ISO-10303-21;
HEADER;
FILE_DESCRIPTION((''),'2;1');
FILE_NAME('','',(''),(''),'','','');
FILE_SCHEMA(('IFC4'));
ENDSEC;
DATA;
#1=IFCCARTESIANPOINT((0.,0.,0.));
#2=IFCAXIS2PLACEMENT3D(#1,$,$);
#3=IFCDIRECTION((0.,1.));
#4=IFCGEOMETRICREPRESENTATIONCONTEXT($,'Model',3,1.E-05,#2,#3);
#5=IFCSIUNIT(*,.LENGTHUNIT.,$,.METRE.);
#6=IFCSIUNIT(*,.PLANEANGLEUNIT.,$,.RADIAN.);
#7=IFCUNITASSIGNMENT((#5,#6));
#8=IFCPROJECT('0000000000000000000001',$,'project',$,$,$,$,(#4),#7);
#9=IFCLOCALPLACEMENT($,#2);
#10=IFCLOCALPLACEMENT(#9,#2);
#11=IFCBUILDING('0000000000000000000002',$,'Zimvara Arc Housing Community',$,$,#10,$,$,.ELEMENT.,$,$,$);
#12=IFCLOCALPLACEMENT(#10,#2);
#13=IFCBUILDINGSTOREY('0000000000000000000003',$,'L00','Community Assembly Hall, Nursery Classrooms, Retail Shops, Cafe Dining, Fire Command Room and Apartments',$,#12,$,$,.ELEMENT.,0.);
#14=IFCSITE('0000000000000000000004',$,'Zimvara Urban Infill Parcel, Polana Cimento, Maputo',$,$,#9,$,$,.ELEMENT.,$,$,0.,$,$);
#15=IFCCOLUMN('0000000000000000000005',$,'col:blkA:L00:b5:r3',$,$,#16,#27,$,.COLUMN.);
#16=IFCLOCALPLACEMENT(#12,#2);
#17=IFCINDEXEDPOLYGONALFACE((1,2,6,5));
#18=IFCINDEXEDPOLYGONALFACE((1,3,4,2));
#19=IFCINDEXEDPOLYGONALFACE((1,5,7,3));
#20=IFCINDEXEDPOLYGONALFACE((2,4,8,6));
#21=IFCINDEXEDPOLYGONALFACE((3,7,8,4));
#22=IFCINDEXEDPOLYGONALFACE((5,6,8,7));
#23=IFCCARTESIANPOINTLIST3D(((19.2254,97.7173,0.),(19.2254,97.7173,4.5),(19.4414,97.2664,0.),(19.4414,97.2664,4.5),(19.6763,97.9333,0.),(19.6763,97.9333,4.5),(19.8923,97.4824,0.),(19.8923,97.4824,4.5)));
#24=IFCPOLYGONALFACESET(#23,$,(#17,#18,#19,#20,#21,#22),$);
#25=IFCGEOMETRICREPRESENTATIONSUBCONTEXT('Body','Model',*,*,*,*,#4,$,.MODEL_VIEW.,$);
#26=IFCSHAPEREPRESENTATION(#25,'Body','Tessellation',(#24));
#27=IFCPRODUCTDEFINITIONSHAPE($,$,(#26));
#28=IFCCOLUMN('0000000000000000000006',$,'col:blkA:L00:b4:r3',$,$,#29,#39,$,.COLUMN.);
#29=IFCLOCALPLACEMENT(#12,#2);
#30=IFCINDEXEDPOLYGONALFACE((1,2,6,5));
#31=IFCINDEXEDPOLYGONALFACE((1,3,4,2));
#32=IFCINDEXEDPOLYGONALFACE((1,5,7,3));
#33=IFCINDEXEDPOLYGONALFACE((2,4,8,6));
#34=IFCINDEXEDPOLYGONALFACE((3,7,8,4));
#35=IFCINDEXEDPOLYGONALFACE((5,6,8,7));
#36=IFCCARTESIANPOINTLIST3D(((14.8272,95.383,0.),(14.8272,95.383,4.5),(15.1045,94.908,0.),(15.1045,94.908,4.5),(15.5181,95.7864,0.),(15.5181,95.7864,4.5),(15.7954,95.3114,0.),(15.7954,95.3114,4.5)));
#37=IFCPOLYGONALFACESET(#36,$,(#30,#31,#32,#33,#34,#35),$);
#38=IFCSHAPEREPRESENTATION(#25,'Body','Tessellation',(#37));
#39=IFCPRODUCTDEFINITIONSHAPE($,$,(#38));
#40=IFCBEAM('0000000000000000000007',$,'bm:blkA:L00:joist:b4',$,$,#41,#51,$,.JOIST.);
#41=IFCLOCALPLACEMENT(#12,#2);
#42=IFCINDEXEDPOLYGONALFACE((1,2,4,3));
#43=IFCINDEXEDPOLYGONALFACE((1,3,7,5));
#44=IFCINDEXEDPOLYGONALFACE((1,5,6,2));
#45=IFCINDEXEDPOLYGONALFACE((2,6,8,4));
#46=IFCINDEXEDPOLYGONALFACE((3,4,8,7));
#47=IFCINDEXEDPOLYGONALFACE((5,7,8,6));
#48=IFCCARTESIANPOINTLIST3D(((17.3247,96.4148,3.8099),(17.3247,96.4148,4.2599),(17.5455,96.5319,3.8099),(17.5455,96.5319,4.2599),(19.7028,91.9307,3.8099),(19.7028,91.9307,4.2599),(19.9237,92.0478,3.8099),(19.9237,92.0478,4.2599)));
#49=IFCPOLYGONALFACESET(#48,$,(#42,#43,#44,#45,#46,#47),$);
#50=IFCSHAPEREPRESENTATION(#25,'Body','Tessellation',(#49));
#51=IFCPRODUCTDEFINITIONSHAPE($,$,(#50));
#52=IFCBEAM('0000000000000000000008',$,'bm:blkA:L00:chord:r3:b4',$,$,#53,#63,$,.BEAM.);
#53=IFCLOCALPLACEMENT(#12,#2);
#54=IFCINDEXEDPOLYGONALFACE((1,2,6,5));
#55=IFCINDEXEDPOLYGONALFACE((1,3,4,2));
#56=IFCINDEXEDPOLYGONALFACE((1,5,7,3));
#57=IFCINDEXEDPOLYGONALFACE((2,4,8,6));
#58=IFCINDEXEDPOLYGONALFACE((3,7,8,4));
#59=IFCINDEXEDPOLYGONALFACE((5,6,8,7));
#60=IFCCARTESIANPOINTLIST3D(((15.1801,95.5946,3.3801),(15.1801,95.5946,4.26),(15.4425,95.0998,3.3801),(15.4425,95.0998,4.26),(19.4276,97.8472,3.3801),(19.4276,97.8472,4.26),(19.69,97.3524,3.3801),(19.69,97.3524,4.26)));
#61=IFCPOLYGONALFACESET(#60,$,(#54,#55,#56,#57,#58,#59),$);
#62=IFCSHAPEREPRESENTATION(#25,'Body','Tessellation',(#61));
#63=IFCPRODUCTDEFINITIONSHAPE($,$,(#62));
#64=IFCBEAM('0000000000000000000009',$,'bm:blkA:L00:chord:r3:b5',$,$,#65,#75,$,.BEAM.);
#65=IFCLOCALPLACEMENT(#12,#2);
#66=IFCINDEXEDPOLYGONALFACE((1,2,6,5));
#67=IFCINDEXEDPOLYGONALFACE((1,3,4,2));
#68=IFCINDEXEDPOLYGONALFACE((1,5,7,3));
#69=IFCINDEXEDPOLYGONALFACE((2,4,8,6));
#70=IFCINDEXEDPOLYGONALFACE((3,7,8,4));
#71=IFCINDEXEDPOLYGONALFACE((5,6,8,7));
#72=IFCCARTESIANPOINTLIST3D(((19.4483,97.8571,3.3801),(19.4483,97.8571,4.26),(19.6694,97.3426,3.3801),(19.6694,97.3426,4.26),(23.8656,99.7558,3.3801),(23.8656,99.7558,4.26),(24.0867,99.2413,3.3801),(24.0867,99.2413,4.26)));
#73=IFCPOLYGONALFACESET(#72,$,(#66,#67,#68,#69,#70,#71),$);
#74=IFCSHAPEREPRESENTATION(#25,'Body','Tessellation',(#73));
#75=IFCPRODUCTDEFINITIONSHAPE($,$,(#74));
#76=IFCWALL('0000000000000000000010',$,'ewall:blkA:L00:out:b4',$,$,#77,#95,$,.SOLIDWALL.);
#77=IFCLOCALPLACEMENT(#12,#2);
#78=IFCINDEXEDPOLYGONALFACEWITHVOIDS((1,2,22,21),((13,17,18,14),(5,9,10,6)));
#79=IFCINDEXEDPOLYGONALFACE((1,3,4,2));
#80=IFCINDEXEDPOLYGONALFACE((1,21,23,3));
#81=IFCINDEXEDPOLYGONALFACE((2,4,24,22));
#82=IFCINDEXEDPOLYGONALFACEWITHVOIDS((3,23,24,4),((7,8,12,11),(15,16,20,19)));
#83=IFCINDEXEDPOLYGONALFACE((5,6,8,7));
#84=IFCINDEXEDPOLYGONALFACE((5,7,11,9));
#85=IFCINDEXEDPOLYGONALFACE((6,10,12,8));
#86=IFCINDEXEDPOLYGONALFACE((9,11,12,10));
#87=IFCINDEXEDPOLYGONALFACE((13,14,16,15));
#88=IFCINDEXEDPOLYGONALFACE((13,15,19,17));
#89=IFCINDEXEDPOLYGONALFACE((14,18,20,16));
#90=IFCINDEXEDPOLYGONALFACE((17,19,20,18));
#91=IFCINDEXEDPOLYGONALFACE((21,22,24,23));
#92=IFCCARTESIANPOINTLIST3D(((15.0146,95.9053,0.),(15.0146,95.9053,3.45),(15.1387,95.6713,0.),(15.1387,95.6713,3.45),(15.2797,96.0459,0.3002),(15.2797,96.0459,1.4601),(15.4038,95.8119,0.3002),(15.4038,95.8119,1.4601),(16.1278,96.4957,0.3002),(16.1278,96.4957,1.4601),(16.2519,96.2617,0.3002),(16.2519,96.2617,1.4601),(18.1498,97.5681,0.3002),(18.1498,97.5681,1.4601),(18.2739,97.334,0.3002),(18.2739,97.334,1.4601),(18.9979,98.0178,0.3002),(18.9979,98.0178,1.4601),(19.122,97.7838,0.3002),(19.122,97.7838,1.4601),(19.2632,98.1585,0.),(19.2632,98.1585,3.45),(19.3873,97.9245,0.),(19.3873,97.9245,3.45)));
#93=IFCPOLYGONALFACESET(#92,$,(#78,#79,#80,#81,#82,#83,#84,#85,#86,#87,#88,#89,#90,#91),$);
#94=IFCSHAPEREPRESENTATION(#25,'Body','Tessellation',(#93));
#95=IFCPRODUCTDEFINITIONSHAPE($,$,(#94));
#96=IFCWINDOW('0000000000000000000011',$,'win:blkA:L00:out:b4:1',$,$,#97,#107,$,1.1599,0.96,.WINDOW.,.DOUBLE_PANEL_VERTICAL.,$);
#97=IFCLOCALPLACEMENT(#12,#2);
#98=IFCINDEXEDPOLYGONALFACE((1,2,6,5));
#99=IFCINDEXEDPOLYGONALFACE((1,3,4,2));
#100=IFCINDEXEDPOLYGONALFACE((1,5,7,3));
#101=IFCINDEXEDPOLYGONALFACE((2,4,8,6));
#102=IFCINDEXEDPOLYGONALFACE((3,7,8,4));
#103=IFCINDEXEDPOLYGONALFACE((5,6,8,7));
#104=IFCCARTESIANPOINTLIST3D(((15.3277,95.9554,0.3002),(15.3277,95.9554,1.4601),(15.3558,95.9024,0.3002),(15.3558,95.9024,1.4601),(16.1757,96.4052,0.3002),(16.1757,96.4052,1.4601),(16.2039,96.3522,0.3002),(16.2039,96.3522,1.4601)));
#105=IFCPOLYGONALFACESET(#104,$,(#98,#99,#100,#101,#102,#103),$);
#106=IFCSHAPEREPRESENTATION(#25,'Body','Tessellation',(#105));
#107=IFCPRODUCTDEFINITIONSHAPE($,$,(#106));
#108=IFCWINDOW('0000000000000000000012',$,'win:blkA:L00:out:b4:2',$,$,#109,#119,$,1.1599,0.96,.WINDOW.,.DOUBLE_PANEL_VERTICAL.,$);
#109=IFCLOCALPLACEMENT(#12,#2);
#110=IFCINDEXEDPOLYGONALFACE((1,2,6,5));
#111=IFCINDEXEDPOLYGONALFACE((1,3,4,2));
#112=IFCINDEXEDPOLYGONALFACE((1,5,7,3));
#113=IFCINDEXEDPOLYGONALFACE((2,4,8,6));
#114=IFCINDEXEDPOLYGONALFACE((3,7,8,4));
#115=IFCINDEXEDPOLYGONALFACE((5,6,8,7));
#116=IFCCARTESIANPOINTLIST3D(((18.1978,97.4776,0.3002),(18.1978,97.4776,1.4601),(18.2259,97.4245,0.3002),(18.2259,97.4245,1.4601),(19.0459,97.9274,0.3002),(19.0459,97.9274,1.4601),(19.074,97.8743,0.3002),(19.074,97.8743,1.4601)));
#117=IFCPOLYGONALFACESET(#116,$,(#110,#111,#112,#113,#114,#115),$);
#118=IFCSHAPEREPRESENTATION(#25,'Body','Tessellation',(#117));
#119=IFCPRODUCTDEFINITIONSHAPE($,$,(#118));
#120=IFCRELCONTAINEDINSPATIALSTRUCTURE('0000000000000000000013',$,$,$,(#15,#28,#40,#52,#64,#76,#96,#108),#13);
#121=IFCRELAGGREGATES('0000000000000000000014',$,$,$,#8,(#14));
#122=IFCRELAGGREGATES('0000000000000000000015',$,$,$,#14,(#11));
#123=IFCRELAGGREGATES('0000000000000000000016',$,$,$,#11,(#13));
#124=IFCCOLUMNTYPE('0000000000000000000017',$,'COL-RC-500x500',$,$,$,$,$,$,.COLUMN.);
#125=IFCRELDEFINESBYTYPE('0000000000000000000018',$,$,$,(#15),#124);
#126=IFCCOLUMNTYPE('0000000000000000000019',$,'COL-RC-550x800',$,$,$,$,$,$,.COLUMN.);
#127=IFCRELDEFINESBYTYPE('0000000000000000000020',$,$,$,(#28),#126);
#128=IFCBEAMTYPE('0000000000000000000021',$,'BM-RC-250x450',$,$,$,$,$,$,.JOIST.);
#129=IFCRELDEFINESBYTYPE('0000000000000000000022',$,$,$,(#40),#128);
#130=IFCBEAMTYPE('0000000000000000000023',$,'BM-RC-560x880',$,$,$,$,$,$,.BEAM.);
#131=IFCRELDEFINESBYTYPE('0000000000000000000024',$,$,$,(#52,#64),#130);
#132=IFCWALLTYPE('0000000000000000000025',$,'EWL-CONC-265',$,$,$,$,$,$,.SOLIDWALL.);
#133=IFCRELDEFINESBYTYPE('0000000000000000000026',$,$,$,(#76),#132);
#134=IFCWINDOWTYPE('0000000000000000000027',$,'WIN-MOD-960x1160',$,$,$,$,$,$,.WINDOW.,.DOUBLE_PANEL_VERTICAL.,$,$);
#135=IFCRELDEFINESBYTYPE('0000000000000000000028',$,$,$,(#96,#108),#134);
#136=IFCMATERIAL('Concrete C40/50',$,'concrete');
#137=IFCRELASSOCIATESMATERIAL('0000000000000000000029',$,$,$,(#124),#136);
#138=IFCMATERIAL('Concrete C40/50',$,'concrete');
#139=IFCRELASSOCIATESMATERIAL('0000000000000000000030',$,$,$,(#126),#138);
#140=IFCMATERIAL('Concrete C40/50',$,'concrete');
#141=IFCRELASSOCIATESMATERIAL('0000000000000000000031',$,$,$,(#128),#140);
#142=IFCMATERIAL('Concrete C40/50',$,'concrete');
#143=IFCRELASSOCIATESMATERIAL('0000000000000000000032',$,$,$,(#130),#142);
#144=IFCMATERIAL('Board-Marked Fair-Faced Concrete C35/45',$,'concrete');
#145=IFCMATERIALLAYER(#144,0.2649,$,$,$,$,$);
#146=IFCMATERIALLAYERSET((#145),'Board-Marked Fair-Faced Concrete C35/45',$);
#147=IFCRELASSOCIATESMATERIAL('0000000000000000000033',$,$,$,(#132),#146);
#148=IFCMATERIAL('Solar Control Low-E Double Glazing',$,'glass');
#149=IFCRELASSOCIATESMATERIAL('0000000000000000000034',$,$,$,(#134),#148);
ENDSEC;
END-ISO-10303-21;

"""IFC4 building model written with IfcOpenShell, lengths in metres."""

from ifc_helpers import new_model, si_unit, direction, frame, frame_2d, origin, origin_2d, place, context, subcontext, project, spatial, rectangle, extrude, material, layer, layer_set, material_profile, profile_set, type_object, element, fill, save


model = new_model("IFC4")

# Units and contexts
model_context = context("Model", 3, precision=1e-05, world=origin(), true_north=direction((0.0, 1.0)))
body_context = subcontext(model_context, "Body", "Model", "MODEL_VIEW")
ifc_project = project(units=[si_unit("LENGTHUNIT", "METRE"), si_unit("PLANEANGLEUNIT", "RADIAN")], contexts=[model_context])

# Site, building, storey
site_placement = place(None, origin())
site = spatial("IfcSite", under=ifc_project, at=site_placement, Name="Zimvara Urban Infill Parcel, Polana Cimento, Maputo", CompositionType="ELEMENT", RefElevation=0.0)
building_placement = place(site_placement, origin())
building = spatial("IfcBuilding", under=site, at=building_placement, Name="Zimvara Arc Housing Community", CompositionType="ELEMENT")
storey_placement = place(building_placement, origin())
storey = spatial("IfcBuildingStorey", under=building, at=storey_placement, Name="L00", Description="Community Assembly Hall, Nursery Classrooms, Retail Shops, Cafe Dining, Fire Command Room and Apartments", CompositionType="ELEMENT", Elevation=0.0)

# Columns
ifc_material_1 = material(Name="Concrete C40/50", Category="concrete")
ifc_material_profile_1 = material_profile(ifc_material_1, rectangle(XDim=0.5, YDim=0.5, at=origin_2d()), Name="RC 500x500")
ifc_profile_set_1 = profile_set([ifc_material_profile_1], Name="Concrete C40/50")
column_type_1 = type_object("IfcColumnType", Name="COL-RC-500x500", PredefinedType="COLUMN", material=ifc_profile_set_1)
column_1_placement = place(storey_placement, frame((19.5588, 97.5999, 0.0), z_axis=(0.0, 0.0, 1.0), x_axis=(-0.432086, 0.901833, 0.0)))
element("IfcColumn", 1, at=column_1_placement, inside=storey, type_object=column_type_1, Name="col:blkA:L00:b5:r3", PredefinedType="COLUMN", context=body_context, shape_type="SweptSolid", body=[
    extrude(rectangle(XDim=0.5, YDim=0.5, at=origin_2d()), origin(), (0.0, 0.0, 1.0), 4.5),
])
ifc_material_2 = material(Name="Concrete C40/50", Category="concrete")
ifc_material_profile_2 = material_profile(ifc_material_2, rectangle(XDim=0.55, YDim=0.8, at=origin_2d()), Name="RC 550x800")
ifc_profile_set_2 = profile_set([ifc_material_profile_2], Name="Concrete C40/50")
column_type_2 = type_object("IfcColumnType", Name="COL-RC-550x800", PredefinedType="COLUMN", material=ifc_profile_set_2)
column_2_placement = place(storey_placement, frame((15.3113, 95.3472, 0.0), z_axis=(0.0, 0.0, 1.0), x_axis=(-0.504226, 0.863572, 0.0)))
element("IfcColumn", 2, at=column_2_placement, inside=storey, type_object=column_type_2, Name="col:blkA:L00:b4:r3", PredefinedType="COLUMN", context=body_context, shape_type="SweptSolid", body=[
    extrude(rectangle(XDim=0.55, YDim=0.8, at=origin_2d()), origin(), (0.0, 0.0, 1.0), 4.5),
])

# Beams
ifc_material_3 = material(Name="Concrete C40/50", Category="concrete")
ifc_material_profile_3 = material_profile(ifc_material_3, rectangle(XDim=0.25, YDim=0.45, at=origin_2d()), Name="RC 250x450")
ifc_profile_set_3 = profile_set([ifc_material_profile_3], Name="Concrete C40/50")
beam_type_1 = type_object("IfcBeamType", Name="BM-RC-250x450", PredefinedType="JOIST", material=ifc_profile_set_3)
beam_1_placement = place(storey_placement, frame((19.8132, 91.9893, 4.0349), z_axis=(-0.468537, 0.883444, 0.0), x_axis=(-0.883444, -0.468537, 0.0)))
element("IfcBeam", 3, at=beam_1_placement, inside=storey, type_object=beam_type_1, Name="bm:blkA:L00:joist:b4", PredefinedType="JOIST", context=body_context, shape_type="SweptSolid", body=[
    extrude(rectangle(XDim=0.25, YDim=0.45, at=origin_2d()), origin(), (0.0, 0.0, 1.0), 5.0757),
])
ifc_material_4 = material(Name="Concrete C40/50", Category="concrete")
ifc_material_profile_4 = material_profile(ifc_material_4, rectangle(XDim=0.5601, YDim=0.8799, at=origin_2d()), Name="RC 560x880")
ifc_profile_set_4 = profile_set([ifc_material_profile_4], Name="Concrete C40/50")
beam_type_2 = type_object("IfcBeamType", Name="BM-RC-560x880", PredefinedType="BEAM", material=ifc_profile_set_4)
beam_2_placement = place(storey_placement, frame((15.3113, 95.3472, 3.8201), z_axis=(0.883446, 0.468534, 0.0), x_axis=(-0.468534, 0.883446, 0.0)))
element("IfcBeam", 4, at=beam_2_placement, inside=storey, type_object=beam_type_2, Name="bm:blkA:L00:chord:r3:b4", PredefinedType="BEAM", context=body_context, shape_type="SweptSolid", body=[
    extrude(rectangle(XDim=0.5601, YDim=0.8799, at=origin_2d()), origin(), (0.0, 0.0, 1.0), 4.8079),
])
beam_3_placement = place(storey_placement, frame((19.5588, 97.5999, 3.8201), z_axis=(0.918724, 0.3949, 0.0), x_axis=(-0.3949, 0.918724, 0.0)))
element("IfcBeam", 5, at=beam_3_placement, inside=storey, type_object=beam_type_2, Name="bm:blkA:L00:chord:r3:b5", PredefinedType="BEAM", context=body_context, shape_type="SweptSolid", body=[
    extrude(rectangle(XDim=0.5601, YDim=0.8799, at=origin_2d()), origin(), (0.0, 0.0, 1.0), 4.8081),
])

# Wall, openings, windows
ifc_material_5 = material(Name="Board-Marked Fair-Faced Concrete C35/45", Category="concrete")
ifc_layer_1 = layer(ifc_material_5, 0.2649)
ifc_layer_set_1 = layer_set([ifc_layer_1], Name="Board-Marked Fair-Faced Concrete C35/45")
wall_type_1 = type_object("IfcWallType", Name="EWL-CONC-265", PredefinedType="SOLIDWALL", material=ifc_layer_set_1)
wall_1_placement = place(storey_placement, frame((15.0767, 95.7883, 0.0), z_axis=(0.0, 0.0, 1.0), x_axis=(0.883448, 0.468529, 0.0)))
wall_1 = element("IfcWall", 6, at=wall_1_placement, inside=storey, type_object=wall_type_1, Name="ewall:blkA:L00:out:b4", PredefinedType="SOLIDWALL", context=body_context, shape_type="SweptSolid", body=[
    extrude(rectangle(XDim=4.8091, YDim=0.2649, at=frame_2d((2.4045, 0.0))), origin(), (0.0, 0.0, 1.0), 3.45),
])
opening_1_placement = place(wall_1_placement, frame((0.3, 0.0, 0.3)))
opening_1 = element("IfcOpeningElement", 7, at=opening_1_placement, cuts=wall_1, PredefinedType="OPENING", context=body_context, shape_type="SweptSolid", body=[
    extrude(rectangle(XDim=0.96, YDim=1.1599, at=frame_2d((0.48, 0.5801))), frame((0.0, 0.1423, 0.0), z_axis=(0.0, -1.0, 0.0), x_axis=(1.0, 0.0, 0.0)), (0.0, 0.0, 1.0), 0.2849),
])
opening_2_placement = place(wall_1_placement, frame((3.5488, 0.0, 0.3)))
opening_2 = element("IfcOpeningElement", 8, at=opening_2_placement, cuts=wall_1, PredefinedType="OPENING", context=body_context, shape_type="SweptSolid", body=[
    extrude(rectangle(XDim=0.96, YDim=1.1599, at=frame_2d((0.48, 0.5801))), frame((0.0, 0.1423, 0.0), z_axis=(0.0, -1.0, 0.0), x_axis=(1.0, 0.0, 0.0)), (0.0, 0.0, 1.0), 0.2849),
])
ifc_material_6 = material(Name="Solar Control Low-E Double Glazing", Category="glass")
window_type_1 = type_object("IfcWindowType", Name="WIN-MOD-960x1160", PartitioningType="DOUBLE_PANEL_VERTICAL", PredefinedType="WINDOW", material=ifc_material_6)
window_1_placement = place(opening_1_placement, origin())
window_1 = element("IfcWindow", 9, at=window_1_placement, inside=storey, type_object=window_type_1, Name="win:blkA:L00:out:b4:1", OverallHeight=1.1599, OverallWidth=0.96, PartitioningType="DOUBLE_PANEL_VERTICAL", PredefinedType="WINDOW", context=body_context, shape_type="SweptSolid", body=[
    extrude(rectangle(XDim=0.96, YDim=1.1599, at=frame_2d((0.48, 0.5801))), frame((0.0, 0.03, 0.0), z_axis=(0.0, -1.0, 0.0), x_axis=(1.0, 0.0, 0.0)), (0.0, 0.0, 1.0), 0.0601),
])
fill(opening_1, window_1)
window_2_placement = place(opening_2_placement, origin())
window_2 = element("IfcWindow", 10, at=window_2_placement, inside=storey, type_object=window_type_1, Name="win:blkA:L00:out:b4:2", OverallHeight=1.1599, OverallWidth=0.96, PartitioningType="DOUBLE_PANEL_VERTICAL", PredefinedType="WINDOW", context=body_context, shape_type="SweptSolid", body=[
    extrude(rectangle(XDim=0.96, YDim=1.1599, at=frame_2d((0.48, 0.5801))), frame((0.0, 0.03, 0.0), z_axis=(0.0, -1.0, 0.0), x_axis=(1.0, 0.0, 0.0)), (0.0, 0.0, 1.0), 0.0601),
])
fill(opening_2, window_2)

save(model, "model.ifc")
